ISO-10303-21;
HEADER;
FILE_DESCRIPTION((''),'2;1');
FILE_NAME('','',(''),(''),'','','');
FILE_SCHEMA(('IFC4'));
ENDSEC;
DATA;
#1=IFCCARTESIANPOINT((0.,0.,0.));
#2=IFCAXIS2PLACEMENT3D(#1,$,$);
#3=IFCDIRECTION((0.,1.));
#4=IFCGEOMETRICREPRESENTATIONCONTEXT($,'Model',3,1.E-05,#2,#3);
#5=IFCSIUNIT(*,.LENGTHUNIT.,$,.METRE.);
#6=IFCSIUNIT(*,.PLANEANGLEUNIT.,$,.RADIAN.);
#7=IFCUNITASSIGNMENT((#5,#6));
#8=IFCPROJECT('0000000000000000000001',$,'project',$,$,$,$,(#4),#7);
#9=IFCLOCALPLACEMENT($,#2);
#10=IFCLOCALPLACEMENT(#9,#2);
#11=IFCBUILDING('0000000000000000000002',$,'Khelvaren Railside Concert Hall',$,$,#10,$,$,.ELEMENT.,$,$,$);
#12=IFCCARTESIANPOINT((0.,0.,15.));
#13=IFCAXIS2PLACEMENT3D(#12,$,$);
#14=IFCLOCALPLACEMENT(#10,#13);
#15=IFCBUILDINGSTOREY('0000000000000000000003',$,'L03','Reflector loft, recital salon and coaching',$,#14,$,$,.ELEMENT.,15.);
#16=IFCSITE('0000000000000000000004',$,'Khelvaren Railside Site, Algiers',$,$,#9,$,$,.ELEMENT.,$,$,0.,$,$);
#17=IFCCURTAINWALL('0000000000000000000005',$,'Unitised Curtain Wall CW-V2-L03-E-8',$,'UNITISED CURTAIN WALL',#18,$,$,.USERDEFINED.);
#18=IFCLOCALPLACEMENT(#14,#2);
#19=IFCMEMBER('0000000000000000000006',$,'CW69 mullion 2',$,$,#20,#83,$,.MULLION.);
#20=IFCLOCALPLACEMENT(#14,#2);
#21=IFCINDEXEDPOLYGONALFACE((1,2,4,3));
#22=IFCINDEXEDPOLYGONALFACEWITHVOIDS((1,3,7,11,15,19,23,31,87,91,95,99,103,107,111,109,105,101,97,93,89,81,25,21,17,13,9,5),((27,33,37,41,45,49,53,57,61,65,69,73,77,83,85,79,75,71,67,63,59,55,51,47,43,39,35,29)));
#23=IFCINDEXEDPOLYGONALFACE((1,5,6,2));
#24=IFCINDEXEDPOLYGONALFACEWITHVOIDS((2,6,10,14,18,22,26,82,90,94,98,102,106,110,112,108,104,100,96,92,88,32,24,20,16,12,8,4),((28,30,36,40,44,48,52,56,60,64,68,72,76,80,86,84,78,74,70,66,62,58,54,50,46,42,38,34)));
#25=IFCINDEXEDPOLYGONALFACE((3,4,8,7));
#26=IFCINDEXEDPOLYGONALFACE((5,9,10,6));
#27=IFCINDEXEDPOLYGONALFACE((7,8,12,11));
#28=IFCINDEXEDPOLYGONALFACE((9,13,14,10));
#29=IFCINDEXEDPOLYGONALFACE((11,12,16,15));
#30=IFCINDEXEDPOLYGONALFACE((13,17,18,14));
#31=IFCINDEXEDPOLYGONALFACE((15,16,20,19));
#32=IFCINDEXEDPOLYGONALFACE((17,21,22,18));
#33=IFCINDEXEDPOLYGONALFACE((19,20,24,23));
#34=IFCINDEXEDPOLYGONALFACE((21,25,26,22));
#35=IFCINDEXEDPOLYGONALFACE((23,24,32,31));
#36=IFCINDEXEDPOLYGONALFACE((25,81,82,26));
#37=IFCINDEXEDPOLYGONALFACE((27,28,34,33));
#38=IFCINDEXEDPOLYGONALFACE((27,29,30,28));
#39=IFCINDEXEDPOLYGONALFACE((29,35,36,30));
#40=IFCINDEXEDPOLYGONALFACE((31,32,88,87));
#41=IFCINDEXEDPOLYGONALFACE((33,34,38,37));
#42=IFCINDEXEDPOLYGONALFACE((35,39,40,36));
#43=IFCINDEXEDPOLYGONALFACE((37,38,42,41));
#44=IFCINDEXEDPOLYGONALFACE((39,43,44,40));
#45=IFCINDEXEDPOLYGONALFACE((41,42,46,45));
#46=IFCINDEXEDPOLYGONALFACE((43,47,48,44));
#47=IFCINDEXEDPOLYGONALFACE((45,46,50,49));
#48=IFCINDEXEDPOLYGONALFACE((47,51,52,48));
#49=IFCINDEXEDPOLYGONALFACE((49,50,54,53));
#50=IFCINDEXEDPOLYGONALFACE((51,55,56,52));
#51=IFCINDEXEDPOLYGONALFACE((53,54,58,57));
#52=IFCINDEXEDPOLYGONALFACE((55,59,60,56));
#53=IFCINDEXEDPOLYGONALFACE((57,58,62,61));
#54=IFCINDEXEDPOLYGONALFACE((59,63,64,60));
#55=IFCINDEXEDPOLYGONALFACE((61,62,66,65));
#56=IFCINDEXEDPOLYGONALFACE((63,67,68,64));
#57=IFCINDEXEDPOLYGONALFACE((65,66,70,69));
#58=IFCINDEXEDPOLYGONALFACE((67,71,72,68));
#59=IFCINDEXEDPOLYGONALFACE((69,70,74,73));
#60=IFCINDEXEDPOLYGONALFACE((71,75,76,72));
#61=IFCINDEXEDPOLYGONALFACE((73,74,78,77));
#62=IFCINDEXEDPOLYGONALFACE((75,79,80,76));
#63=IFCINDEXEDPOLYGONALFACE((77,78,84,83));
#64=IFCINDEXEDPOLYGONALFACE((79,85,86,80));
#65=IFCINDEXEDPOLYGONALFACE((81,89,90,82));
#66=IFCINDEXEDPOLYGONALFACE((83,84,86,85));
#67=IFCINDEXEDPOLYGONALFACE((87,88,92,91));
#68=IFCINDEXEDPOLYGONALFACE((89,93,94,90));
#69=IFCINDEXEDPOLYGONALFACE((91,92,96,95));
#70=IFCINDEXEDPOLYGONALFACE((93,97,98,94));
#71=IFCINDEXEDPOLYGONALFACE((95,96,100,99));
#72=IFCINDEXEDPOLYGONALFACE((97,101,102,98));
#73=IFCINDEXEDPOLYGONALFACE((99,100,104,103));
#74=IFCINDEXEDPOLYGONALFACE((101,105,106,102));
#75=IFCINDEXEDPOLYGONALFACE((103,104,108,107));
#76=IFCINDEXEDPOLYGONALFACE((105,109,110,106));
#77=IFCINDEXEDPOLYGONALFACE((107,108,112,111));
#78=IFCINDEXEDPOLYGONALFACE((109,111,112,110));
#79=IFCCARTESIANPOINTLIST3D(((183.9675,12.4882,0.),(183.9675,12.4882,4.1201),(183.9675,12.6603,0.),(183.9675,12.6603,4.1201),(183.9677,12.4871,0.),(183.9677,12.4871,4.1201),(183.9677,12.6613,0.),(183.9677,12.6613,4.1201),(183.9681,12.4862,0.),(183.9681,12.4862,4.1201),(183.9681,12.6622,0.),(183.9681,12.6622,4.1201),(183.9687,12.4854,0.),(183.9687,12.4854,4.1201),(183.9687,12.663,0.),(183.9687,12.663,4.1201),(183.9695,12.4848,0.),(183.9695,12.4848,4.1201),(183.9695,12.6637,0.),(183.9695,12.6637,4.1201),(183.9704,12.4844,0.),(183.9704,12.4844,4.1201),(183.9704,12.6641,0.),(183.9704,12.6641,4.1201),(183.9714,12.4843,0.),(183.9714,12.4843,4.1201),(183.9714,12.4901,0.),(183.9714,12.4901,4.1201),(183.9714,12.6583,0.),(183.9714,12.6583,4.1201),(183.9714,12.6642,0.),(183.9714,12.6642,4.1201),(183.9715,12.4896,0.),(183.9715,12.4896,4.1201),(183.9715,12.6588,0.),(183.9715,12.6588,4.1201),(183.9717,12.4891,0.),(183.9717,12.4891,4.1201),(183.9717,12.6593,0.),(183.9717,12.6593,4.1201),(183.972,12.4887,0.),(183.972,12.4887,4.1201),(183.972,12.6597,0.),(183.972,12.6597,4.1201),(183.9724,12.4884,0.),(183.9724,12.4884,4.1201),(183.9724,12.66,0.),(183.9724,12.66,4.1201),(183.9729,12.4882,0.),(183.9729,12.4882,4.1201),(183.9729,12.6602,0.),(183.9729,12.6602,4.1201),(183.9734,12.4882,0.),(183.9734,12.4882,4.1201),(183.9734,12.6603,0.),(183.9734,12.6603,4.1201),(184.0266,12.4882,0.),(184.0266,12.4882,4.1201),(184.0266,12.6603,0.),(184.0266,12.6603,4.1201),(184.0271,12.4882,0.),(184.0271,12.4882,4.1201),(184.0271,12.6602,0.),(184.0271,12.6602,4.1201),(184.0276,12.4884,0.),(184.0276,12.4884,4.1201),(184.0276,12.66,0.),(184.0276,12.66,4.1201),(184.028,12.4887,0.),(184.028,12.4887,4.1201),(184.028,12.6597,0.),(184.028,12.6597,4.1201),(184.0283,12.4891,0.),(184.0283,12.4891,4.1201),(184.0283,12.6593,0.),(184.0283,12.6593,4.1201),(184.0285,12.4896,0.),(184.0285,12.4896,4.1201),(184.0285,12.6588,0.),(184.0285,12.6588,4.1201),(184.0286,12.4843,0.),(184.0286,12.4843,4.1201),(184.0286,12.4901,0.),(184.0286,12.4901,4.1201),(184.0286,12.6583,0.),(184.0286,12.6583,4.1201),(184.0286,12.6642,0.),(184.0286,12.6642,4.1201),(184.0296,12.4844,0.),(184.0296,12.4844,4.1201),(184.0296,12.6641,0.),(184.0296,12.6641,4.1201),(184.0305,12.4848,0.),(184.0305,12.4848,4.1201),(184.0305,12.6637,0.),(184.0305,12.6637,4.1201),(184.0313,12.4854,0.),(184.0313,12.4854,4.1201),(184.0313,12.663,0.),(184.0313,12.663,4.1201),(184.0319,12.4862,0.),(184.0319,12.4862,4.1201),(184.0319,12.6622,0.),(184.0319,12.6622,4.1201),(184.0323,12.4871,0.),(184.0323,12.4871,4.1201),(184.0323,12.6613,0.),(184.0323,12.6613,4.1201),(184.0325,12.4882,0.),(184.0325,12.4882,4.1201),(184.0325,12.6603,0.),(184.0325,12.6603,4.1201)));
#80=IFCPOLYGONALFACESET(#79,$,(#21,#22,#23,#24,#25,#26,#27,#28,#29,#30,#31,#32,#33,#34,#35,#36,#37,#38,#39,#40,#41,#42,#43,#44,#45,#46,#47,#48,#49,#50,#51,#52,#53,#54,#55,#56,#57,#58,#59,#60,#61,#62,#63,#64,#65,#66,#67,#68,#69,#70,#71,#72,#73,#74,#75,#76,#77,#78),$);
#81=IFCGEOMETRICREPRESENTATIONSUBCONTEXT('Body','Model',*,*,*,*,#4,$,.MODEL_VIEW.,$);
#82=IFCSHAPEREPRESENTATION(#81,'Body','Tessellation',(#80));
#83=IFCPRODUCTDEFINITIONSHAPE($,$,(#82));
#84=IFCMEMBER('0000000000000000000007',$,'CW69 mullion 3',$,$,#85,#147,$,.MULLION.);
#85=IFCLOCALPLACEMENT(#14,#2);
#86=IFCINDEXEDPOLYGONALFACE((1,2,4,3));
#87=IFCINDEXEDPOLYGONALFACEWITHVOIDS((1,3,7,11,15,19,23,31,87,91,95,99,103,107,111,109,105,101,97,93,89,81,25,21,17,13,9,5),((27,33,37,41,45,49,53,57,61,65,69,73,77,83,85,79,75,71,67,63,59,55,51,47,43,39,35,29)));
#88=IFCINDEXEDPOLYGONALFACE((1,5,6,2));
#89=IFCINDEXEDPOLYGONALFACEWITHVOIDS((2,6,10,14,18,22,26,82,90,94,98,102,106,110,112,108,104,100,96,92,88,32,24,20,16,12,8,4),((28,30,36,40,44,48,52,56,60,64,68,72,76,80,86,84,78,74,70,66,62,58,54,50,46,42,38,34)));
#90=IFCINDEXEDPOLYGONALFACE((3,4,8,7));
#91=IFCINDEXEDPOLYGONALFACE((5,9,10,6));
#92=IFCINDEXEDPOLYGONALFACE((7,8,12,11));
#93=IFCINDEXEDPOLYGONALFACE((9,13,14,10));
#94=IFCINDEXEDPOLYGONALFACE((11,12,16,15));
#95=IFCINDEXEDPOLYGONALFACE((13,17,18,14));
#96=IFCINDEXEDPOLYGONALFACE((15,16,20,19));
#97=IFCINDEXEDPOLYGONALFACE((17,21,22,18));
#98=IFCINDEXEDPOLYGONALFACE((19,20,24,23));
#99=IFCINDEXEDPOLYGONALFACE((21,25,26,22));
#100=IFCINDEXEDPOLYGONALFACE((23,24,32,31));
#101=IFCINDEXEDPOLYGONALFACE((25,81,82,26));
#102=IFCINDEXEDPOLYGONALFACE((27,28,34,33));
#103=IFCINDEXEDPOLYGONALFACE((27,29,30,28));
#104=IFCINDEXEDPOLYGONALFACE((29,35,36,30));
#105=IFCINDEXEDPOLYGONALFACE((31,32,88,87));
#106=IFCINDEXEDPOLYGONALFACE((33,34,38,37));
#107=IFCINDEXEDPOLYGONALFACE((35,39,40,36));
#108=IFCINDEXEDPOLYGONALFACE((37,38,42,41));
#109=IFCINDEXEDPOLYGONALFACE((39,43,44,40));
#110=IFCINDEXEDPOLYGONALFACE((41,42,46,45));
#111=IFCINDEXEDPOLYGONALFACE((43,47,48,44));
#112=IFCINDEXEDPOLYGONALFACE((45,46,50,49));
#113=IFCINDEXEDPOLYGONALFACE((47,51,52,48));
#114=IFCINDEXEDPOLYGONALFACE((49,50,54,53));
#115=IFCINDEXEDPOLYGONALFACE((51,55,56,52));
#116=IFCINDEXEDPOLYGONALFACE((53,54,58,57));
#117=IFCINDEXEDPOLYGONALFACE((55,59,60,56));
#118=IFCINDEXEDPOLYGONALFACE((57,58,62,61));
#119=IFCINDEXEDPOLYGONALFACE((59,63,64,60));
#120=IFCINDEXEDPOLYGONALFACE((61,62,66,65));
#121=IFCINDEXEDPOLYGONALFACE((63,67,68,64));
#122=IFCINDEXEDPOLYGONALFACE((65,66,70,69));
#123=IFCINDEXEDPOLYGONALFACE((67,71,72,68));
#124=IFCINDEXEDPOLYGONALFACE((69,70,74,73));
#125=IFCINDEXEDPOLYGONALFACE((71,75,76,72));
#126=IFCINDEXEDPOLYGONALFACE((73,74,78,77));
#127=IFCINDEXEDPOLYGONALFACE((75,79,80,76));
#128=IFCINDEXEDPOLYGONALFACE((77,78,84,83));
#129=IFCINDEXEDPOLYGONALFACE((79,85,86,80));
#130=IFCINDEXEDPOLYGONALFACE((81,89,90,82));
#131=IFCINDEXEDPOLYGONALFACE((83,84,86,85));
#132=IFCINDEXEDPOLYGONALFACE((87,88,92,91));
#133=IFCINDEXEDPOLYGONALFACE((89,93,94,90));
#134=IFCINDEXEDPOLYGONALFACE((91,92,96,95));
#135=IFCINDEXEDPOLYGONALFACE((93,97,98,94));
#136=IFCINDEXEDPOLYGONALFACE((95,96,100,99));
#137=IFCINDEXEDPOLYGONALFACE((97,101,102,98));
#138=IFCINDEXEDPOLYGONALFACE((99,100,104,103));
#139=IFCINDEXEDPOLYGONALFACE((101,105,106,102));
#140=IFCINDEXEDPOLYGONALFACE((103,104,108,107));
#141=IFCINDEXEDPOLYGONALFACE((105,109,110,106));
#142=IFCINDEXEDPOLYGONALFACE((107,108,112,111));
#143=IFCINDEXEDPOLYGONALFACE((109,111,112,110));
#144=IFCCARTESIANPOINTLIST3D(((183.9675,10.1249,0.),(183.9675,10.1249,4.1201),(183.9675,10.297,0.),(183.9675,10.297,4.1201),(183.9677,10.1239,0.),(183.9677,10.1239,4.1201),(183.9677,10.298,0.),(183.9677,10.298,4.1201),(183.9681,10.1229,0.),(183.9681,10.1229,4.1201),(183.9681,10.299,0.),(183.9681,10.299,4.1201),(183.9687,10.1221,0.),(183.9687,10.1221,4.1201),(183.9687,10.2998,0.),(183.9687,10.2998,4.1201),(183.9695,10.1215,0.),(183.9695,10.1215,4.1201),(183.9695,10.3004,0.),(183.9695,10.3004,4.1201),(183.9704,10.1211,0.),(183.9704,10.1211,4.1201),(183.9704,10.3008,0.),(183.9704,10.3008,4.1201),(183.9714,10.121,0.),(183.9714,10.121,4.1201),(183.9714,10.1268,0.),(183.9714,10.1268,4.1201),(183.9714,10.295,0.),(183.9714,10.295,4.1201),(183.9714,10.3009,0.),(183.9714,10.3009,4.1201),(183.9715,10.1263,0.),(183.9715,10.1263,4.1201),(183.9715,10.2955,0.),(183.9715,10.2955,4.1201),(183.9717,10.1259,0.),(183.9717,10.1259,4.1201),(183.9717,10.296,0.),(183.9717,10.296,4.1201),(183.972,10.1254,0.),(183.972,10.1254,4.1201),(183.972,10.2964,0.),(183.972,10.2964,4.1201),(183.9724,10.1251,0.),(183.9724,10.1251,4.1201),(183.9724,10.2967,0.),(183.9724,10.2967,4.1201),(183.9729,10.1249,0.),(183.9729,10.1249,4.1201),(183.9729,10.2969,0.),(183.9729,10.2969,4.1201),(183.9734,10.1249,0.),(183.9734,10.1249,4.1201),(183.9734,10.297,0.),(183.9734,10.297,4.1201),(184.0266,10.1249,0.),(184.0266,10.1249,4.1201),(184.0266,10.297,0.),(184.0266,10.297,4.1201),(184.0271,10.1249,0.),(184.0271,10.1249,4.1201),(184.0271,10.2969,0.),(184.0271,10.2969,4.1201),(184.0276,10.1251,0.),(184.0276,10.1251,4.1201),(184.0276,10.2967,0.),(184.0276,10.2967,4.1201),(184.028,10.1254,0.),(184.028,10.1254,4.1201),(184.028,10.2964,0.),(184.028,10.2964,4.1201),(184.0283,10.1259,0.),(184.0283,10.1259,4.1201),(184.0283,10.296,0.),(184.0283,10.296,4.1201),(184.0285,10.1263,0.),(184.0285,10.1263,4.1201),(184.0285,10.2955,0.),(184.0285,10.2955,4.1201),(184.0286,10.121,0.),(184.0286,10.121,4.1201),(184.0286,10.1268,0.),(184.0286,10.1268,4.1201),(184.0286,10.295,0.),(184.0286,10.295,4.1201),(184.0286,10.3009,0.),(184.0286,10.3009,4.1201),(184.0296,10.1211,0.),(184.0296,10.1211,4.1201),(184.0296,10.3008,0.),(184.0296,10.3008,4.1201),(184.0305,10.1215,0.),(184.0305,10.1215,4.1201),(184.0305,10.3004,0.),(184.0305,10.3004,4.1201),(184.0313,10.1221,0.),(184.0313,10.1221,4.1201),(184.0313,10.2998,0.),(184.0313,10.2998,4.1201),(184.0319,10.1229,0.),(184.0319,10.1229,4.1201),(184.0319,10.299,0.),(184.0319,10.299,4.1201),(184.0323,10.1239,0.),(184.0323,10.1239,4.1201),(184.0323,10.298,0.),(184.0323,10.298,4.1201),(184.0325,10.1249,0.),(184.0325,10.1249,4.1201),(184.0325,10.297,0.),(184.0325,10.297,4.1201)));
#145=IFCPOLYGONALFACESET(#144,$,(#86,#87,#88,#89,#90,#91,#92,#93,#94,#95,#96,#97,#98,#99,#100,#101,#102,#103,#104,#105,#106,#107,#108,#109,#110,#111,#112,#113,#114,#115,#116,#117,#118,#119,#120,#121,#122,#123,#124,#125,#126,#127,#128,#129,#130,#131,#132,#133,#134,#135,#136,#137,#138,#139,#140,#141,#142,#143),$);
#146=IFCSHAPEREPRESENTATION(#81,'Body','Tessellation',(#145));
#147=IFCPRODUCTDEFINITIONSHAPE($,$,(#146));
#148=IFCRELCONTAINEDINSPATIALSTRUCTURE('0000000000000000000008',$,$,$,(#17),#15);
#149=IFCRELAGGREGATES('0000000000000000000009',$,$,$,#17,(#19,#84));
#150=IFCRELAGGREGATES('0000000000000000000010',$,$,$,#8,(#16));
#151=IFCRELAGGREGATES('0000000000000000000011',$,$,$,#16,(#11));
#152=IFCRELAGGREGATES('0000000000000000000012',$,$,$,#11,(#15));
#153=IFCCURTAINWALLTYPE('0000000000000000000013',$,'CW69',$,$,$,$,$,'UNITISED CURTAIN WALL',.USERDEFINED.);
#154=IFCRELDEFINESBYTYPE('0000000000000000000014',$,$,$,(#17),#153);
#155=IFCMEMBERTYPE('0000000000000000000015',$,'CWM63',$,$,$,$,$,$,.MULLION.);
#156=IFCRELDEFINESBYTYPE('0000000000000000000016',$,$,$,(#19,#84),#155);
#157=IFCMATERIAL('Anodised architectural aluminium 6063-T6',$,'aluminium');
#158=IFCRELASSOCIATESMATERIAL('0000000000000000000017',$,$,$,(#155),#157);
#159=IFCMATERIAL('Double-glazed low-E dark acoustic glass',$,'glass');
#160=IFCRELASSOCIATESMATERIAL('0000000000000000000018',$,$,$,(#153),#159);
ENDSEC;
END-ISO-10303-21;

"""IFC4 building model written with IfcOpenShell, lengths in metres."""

from ifc_helpers import new_model, si_unit, direction, frame, origin, origin_2d, place, context, subcontext, project, spatial, hollow_rectangle, extrude, material, material_profile, profile_set, type_object, element, aggregate, save


model = new_model("IFC4")

# Units and contexts
model_context = context("Model", 3, precision=1e-05, world=origin(), true_north=direction((0.0, 1.0)))
body_context = subcontext(model_context, "Body", "Model", "MODEL_VIEW")
ifc_project = project(units=[si_unit("LENGTHUNIT", "METRE"), si_unit("PLANEANGLEUNIT", "RADIAN")], contexts=[model_context])

# Site, building, storey
site_placement = place(None, origin())
site = spatial("IfcSite", under=ifc_project, at=site_placement, Name="Khelvaren Railside Site, Algiers", CompositionType="ELEMENT", RefElevation=0.0)
building_placement = place(site_placement, origin())
building = spatial("IfcBuilding", under=site, at=building_placement, Name="Khelvaren Railside Concert Hall", CompositionType="ELEMENT")
storey_placement = place(building_placement, frame((0.0, 0.0, 15.0)))
storey = spatial("IfcBuildingStorey", under=building, at=storey_placement, Name="L03", Description="Reflector loft, recital salon and coaching", CompositionType="ELEMENT", Elevation=15.0)

# Curtain wall, members
ifc_material_1 = material(Name="Double-glazed low-E dark acoustic glass", Category="glass")
ifc_material_2 = material(Name="Anodised architectural aluminium 6063-T6", Category="aluminium")
ifc_material_profile_1 = material_profile(ifc_material_2, hollow_rectangle(XDim=0.0649, YDim=0.1799, WallThickness=0.0039, InnerFilletRadius=0.002, OuterFilletRadius=0.0039, at=origin_2d()), Name="CWM 65x180x4")
ifc_profile_set_1 = profile_set([ifc_material_profile_1], Name="Anodised architectural aluminium 6063-T6")
member_type_1 = type_object("IfcMemberType", Name="CWM63", PredefinedType="MULLION", material=ifc_profile_set_1)
curtain_wall_type_1 = type_object("IfcCurtainWallType", Name="CW69", ElementType="UNITISED CURTAIN WALL", PredefinedType="USERDEFINED", material=ifc_material_1)
curtain_wall_1_placement = place(storey_placement, origin())
curtain_wall_1 = element("IfcCurtainWall", 1, at=curtain_wall_1_placement, inside=storey, type_object=curtain_wall_type_1, Name="Unitised Curtain Wall CW-V2-L03-E-8", ObjectType="UNITISED CURTAIN WALL", PredefinedType="USERDEFINED")
member_1_placement = place(storey_placement, frame((184.0, 12.5742, 0.0), z_axis=(0.0, 0.0, 1.0), x_axis=(1.0, 0.0, 0.0)))
member_1 = element("IfcMember", 2, at=member_1_placement, type_object=member_type_1, Name="CW69 mullion 2", PredefinedType="MULLION", context=body_context, shape_type="SweptSolid", body=[
    extrude(hollow_rectangle(XDim=0.0649, YDim=0.1799, WallThickness=0.0039, InnerFilletRadius=0.002, OuterFilletRadius=0.0039, at=origin_2d()), origin(), (0.0, 0.0, 1.0), 4.1201),
])
member_2_placement = place(storey_placement, frame((184.0, 10.2109, 0.0), z_axis=(0.0, 0.0, 1.0), x_axis=(1.0, 0.0, 0.0)))
member_2 = element("IfcMember", 3, at=member_2_placement, type_object=member_type_1, Name="CW69 mullion 3", PredefinedType="MULLION", context=body_context, shape_type="SweptSolid", body=[
    extrude(hollow_rectangle(XDim=0.0649, YDim=0.1799, WallThickness=0.0039, InnerFilletRadius=0.002, OuterFilletRadius=0.0039, at=origin_2d()), origin(), (0.0, 0.0, 1.0), 4.1201),
])

aggregate(curtain_wall_1, [member_1, member_2])

save(model, "model.ifc")
